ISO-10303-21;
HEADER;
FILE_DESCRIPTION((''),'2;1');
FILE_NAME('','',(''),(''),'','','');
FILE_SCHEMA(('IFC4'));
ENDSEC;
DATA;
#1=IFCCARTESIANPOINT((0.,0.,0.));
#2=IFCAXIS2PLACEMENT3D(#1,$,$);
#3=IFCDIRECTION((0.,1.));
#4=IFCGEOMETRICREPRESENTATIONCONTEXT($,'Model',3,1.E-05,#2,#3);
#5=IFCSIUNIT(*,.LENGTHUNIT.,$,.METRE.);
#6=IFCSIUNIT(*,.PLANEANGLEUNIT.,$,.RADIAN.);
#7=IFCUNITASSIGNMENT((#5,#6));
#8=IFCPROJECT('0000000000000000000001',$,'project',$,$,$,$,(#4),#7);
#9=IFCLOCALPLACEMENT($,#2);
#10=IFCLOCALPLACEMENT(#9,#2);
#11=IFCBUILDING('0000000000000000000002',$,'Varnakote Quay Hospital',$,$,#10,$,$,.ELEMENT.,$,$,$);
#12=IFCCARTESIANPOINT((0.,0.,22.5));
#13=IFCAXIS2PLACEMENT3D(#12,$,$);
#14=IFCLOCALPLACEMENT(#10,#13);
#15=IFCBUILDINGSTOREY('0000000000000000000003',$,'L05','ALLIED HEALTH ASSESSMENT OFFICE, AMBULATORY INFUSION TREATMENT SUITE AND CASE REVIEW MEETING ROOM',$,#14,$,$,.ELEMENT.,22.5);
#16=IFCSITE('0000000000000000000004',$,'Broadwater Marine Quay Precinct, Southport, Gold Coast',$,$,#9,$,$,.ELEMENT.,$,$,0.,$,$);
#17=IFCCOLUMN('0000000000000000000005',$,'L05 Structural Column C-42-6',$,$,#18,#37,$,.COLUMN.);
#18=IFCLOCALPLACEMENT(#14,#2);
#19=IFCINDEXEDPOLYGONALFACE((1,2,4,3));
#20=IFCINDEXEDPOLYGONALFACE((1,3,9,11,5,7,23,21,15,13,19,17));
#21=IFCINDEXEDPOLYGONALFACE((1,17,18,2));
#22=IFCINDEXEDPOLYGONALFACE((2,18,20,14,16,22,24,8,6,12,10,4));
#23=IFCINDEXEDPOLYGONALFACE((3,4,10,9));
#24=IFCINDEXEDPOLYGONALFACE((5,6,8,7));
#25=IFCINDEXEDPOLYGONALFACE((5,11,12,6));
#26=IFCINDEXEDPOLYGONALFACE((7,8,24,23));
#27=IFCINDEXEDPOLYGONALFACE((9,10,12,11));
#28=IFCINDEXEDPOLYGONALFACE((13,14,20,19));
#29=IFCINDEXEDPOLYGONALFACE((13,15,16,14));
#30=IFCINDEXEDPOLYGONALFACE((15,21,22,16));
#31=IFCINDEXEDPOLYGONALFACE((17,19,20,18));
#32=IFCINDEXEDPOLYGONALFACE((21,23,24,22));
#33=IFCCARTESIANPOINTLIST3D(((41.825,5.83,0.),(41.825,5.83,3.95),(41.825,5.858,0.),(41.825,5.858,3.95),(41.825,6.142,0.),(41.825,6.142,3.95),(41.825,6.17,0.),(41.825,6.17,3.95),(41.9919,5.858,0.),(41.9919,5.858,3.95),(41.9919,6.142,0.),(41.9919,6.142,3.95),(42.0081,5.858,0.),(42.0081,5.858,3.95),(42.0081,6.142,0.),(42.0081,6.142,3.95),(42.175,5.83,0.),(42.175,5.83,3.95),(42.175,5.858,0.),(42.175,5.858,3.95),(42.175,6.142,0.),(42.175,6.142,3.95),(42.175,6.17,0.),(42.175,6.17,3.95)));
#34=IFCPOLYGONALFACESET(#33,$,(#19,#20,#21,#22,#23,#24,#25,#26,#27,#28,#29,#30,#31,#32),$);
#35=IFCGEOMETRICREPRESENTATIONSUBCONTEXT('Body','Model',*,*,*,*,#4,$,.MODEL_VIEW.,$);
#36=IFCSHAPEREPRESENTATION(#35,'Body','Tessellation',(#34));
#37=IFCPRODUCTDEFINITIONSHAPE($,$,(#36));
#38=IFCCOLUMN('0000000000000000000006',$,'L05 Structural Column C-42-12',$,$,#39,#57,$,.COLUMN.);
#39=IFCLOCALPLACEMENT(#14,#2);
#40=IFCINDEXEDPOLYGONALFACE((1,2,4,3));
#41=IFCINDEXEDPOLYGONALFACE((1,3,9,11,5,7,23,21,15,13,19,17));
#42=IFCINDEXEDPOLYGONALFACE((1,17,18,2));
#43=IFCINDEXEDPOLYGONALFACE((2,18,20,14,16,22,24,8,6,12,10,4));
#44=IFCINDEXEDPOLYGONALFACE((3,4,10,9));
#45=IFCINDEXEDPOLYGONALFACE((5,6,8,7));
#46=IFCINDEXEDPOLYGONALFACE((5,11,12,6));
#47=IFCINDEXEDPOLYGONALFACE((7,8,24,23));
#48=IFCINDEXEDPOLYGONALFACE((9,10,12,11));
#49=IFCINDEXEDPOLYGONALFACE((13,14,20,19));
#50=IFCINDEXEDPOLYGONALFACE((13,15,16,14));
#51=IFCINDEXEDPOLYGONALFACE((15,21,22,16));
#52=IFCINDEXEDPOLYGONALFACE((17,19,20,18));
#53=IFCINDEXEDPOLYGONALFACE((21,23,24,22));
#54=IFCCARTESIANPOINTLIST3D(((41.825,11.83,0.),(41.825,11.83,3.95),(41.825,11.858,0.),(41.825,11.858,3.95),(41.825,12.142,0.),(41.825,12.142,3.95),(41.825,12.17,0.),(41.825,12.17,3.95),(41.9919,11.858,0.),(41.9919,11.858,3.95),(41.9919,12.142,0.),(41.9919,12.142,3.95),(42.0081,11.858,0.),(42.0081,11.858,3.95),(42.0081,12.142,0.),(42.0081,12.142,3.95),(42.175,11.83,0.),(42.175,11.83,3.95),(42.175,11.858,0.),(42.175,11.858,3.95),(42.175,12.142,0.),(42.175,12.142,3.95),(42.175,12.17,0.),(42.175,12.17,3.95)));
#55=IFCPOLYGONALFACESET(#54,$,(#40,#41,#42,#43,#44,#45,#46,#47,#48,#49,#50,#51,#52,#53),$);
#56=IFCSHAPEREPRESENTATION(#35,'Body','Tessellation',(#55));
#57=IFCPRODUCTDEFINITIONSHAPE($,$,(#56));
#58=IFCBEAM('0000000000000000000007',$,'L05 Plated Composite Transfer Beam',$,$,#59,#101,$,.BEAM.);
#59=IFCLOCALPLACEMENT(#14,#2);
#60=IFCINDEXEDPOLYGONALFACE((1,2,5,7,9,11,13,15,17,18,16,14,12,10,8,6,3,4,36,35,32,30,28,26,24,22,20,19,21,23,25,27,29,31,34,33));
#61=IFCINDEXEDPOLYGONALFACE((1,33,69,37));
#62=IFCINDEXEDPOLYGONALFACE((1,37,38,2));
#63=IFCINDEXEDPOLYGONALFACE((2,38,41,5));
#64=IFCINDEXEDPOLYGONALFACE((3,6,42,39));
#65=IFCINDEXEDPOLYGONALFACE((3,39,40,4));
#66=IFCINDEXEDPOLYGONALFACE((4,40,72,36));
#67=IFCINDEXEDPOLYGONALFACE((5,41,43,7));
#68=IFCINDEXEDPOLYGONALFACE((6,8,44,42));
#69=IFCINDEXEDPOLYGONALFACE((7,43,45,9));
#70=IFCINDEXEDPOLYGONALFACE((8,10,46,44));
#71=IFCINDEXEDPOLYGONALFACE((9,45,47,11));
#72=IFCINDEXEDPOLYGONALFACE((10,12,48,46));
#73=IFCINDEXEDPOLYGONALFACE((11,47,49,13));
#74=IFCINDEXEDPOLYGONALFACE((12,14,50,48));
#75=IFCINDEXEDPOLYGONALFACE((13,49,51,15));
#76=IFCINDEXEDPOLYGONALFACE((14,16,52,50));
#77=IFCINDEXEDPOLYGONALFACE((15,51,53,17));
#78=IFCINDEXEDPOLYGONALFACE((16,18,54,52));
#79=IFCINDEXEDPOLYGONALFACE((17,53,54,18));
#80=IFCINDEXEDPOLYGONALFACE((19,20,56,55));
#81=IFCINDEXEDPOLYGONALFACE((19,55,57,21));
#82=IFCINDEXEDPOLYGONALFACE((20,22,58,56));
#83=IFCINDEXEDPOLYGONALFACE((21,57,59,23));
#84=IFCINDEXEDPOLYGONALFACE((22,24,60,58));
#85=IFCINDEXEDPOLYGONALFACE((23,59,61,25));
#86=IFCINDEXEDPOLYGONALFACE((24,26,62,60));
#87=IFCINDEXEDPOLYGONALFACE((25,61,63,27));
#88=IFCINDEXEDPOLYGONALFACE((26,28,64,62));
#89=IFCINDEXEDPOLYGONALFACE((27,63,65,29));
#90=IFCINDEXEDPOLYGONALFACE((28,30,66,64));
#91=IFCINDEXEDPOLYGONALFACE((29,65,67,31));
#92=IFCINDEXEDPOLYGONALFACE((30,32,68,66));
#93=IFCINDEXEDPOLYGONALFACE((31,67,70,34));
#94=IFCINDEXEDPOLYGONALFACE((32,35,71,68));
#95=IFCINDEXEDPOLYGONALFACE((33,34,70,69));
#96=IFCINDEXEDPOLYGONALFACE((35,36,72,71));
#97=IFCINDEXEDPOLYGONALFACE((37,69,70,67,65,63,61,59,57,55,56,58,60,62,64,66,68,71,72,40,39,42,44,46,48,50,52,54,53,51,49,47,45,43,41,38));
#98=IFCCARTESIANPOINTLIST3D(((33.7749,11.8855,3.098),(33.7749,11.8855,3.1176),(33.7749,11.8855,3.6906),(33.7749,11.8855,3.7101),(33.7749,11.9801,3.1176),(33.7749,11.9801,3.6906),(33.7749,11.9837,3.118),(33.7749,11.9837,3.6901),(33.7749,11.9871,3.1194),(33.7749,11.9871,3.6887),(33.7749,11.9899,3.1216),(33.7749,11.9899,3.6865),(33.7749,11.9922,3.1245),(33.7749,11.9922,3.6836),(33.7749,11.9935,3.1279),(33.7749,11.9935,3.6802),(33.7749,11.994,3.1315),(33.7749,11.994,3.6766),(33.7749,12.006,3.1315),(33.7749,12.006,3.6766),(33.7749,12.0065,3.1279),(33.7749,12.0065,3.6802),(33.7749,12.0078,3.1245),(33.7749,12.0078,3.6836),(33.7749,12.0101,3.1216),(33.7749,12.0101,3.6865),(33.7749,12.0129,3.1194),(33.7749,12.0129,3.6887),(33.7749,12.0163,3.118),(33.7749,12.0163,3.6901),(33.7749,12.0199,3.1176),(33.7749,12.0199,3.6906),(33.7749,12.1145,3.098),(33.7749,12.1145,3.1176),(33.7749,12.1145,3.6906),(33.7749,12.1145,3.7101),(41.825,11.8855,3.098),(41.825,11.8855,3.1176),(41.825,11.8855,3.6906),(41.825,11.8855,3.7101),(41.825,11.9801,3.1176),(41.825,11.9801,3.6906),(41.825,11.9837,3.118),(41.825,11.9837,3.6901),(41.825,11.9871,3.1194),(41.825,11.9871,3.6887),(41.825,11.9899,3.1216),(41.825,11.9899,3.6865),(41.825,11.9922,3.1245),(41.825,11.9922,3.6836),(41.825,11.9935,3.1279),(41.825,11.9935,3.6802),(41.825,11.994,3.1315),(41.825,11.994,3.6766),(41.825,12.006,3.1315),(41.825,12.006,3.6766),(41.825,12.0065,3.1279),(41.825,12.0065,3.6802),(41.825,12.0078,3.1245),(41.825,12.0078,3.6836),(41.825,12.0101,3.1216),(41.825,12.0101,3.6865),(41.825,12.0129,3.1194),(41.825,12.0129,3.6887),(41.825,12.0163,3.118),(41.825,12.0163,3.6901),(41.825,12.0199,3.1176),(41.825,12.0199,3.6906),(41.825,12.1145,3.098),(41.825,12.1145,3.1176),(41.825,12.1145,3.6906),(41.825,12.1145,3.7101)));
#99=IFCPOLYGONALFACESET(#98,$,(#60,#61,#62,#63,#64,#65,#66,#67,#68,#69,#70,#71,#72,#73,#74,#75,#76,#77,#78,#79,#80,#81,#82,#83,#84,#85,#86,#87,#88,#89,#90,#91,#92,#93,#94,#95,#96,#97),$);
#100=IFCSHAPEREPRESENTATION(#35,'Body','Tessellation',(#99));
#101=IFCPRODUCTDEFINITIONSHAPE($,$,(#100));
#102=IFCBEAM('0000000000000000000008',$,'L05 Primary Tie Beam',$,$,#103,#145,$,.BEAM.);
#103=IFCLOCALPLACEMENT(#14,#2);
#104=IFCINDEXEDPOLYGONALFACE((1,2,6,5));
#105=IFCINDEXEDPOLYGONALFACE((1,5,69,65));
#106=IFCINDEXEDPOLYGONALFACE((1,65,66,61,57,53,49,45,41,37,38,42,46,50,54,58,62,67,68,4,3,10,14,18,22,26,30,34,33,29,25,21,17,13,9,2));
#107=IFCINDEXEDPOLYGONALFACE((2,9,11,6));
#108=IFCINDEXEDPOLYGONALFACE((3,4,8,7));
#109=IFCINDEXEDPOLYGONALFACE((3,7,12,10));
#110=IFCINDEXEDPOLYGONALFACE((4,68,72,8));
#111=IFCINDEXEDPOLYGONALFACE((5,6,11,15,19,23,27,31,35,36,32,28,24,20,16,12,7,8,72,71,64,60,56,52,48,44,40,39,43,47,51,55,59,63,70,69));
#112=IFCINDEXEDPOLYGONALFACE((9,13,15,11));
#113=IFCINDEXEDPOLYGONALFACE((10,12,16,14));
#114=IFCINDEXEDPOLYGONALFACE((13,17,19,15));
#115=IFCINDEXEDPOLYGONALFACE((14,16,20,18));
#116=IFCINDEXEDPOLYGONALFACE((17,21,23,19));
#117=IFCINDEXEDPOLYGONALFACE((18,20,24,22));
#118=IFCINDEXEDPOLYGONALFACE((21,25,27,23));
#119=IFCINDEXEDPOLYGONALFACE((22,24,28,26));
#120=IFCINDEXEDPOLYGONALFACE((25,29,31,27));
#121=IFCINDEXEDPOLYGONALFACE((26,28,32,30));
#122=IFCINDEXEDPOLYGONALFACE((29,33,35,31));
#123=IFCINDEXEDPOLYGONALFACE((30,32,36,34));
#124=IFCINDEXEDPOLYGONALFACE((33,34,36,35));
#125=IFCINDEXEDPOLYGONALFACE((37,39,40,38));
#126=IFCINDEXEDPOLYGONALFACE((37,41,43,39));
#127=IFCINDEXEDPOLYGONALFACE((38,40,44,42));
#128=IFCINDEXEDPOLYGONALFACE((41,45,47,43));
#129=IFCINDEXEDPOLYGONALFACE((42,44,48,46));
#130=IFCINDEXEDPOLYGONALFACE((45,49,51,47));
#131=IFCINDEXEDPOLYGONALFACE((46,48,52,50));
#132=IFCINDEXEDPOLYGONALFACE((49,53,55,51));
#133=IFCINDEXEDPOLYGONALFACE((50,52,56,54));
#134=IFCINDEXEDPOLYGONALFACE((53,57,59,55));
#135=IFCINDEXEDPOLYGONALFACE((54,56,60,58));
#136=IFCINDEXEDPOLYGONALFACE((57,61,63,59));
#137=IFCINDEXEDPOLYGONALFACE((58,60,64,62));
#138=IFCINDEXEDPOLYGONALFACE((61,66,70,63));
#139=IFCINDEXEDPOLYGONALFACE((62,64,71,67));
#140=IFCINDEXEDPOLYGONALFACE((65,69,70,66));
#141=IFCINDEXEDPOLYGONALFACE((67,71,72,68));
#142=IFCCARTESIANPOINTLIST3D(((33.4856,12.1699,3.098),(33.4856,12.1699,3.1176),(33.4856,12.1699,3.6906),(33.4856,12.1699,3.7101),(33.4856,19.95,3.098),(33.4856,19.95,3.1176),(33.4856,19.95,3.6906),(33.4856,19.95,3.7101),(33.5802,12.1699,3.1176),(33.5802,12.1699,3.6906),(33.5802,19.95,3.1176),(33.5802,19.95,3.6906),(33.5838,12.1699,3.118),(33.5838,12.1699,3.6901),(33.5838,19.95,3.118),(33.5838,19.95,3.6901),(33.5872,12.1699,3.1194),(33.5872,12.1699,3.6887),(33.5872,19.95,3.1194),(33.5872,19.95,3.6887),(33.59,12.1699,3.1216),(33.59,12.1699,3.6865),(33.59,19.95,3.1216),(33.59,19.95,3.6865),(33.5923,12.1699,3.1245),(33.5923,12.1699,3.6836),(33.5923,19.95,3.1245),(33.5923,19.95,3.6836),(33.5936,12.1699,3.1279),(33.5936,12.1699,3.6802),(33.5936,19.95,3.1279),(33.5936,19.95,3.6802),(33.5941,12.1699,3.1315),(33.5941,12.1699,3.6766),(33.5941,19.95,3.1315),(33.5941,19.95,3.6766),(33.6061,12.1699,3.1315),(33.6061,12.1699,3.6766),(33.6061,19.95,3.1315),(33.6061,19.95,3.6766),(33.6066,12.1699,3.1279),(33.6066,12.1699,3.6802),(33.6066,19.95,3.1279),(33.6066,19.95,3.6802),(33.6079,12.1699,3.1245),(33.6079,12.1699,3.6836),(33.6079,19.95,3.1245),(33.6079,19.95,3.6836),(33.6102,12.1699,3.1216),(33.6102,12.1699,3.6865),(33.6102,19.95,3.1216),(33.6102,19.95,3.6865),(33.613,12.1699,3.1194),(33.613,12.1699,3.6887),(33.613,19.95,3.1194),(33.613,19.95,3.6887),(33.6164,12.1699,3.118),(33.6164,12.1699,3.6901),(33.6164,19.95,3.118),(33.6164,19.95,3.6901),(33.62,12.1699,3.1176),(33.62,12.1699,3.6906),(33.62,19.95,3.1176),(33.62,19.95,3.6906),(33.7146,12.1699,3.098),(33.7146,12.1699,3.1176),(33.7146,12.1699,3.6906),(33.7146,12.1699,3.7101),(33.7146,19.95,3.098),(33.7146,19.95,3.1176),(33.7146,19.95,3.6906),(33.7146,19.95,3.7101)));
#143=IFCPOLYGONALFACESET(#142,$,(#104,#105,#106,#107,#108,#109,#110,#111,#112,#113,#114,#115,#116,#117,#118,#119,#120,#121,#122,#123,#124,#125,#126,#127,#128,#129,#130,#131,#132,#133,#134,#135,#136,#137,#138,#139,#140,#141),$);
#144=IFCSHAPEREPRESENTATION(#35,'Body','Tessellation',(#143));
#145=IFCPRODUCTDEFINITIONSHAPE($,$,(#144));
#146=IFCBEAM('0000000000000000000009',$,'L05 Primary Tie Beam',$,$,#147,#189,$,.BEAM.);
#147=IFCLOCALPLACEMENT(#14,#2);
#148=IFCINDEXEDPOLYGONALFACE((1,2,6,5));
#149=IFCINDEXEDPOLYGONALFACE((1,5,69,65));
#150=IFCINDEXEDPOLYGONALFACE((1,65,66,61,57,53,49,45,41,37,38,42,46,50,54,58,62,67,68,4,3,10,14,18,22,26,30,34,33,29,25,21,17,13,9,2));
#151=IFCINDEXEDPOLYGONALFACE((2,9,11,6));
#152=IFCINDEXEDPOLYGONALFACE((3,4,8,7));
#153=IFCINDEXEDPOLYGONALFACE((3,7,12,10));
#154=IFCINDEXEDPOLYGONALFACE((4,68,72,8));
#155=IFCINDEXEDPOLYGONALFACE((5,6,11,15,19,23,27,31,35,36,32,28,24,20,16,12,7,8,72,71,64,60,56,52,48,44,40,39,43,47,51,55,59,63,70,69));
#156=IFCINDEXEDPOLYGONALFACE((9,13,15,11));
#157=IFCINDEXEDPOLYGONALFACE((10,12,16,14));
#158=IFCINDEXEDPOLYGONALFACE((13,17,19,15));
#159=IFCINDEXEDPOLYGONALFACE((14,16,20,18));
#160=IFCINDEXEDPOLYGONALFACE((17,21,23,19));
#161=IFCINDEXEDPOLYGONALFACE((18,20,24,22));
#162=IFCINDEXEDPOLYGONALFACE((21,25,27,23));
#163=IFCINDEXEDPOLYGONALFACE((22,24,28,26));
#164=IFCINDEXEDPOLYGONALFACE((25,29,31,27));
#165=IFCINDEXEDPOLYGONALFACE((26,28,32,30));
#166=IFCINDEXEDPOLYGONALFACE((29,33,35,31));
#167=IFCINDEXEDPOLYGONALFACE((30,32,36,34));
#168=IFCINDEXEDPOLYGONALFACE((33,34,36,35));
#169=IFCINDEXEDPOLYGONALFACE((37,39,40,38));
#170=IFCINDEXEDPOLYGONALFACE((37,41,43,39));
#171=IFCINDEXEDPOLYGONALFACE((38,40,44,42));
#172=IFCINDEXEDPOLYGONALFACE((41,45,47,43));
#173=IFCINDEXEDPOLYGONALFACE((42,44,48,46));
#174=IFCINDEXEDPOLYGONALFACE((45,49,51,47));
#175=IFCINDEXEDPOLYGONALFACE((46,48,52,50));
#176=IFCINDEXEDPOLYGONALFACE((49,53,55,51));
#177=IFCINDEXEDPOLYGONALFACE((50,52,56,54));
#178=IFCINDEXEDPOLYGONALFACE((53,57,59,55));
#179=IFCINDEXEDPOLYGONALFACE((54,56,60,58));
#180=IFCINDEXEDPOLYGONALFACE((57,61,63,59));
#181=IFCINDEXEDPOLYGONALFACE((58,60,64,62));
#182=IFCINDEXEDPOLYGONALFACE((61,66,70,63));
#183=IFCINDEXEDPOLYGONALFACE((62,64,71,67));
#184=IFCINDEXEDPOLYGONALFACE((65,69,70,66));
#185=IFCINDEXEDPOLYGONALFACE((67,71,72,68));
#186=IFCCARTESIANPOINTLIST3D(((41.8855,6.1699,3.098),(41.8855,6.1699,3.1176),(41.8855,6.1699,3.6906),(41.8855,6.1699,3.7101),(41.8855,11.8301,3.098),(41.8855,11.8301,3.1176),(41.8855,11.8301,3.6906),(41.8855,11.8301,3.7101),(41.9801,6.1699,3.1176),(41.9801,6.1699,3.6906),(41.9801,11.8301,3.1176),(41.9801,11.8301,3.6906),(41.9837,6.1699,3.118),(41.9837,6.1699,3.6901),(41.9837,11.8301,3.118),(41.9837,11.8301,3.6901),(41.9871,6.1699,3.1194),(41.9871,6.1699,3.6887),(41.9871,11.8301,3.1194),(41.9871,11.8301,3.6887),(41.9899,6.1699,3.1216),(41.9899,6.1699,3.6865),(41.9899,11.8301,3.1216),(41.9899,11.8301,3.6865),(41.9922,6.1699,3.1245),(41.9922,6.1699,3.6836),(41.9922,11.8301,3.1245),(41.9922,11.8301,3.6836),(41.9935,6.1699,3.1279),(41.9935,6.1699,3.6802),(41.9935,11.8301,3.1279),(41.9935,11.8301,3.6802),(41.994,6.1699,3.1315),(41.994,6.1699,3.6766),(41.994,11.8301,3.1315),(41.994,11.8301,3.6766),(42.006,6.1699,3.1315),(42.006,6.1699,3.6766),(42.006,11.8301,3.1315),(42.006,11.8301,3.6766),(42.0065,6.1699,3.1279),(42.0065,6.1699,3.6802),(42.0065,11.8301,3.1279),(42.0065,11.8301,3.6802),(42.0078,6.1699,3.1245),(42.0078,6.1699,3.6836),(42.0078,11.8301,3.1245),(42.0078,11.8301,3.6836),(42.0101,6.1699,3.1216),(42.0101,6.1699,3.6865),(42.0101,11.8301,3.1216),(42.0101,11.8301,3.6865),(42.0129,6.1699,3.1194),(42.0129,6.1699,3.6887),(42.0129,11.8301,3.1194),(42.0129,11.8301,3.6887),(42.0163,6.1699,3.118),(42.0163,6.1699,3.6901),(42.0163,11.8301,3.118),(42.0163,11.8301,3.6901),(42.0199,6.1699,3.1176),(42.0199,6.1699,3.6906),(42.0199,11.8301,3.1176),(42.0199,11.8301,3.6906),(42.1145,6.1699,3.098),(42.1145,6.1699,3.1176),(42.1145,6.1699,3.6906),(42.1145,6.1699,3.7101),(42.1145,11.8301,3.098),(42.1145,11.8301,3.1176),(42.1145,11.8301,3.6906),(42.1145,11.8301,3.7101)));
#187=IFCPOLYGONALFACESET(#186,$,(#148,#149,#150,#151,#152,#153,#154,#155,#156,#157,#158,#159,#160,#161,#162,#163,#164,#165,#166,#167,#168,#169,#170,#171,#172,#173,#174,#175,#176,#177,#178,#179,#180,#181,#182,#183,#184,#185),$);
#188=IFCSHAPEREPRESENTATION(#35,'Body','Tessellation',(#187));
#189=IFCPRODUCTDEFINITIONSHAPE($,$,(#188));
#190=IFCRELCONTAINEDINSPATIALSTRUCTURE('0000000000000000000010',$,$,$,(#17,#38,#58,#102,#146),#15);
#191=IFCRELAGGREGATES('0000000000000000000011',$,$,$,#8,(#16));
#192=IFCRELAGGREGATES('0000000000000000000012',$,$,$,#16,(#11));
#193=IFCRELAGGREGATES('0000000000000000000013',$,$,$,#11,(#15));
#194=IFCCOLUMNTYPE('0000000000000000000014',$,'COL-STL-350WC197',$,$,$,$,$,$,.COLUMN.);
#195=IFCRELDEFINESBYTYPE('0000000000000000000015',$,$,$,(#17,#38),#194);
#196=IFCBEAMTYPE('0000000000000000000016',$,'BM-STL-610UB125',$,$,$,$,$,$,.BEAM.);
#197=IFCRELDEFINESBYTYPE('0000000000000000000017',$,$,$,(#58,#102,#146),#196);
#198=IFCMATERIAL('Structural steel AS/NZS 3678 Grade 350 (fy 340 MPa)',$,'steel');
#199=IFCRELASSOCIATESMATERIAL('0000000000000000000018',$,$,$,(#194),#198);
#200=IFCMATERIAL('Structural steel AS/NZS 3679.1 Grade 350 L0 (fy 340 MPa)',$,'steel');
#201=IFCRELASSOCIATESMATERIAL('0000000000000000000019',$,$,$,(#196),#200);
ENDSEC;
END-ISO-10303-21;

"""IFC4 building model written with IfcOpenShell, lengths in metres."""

from ifc_helpers import new_model, si_unit, direction, frame, origin, origin_2d, place, context, subcontext, project, spatial, i_section, extrude, material, material_profile, profile_set, type_object, element, save


model = new_model("IFC4")

# Units and contexts
model_context = context("Model", 3, precision=1e-05, world=origin(), true_north=direction((0.0, 1.0)))
body_context = subcontext(model_context, "Body", "Model", "MODEL_VIEW")
ifc_project = project(units=[si_unit("LENGTHUNIT", "METRE"), si_unit("PLANEANGLEUNIT", "RADIAN")], contexts=[model_context])

# Site, building, storey
site_placement = place(None, origin())
site = spatial("IfcSite", under=ifc_project, at=site_placement, Name="Broadwater Marine Quay Precinct, Southport, Gold Coast", CompositionType="ELEMENT", RefElevation=0.0)
building_placement = place(site_placement, origin())
building = spatial("IfcBuilding", under=site, at=building_placement, Name="Varnakote Quay Hospital", CompositionType="ELEMENT")
storey_placement = place(building_placement, frame((0.0, 0.0, 22.5)))
storey = spatial("IfcBuildingStorey", under=building, at=storey_placement, Name="L05", Description="ALLIED HEALTH ASSESSMENT OFFICE, AMBULATORY INFUSION TREATMENT SUITE AND CASE REVIEW MEETING ROOM", CompositionType="ELEMENT", Elevation=22.5)

# Columns
ifc_material_1 = material(Name="Structural steel AS/NZS 3678 Grade 350 (fy 340 MPa)", Category="steel")
ifc_material_profile_1 = material_profile(ifc_material_1, i_section(OverallWidth=0.3501, OverallDepth=0.3401, WebThickness=0.0161, FlangeThickness=0.0281, at=origin_2d()), Name="350WC197")
ifc_profile_set_1 = profile_set([ifc_material_profile_1], Name="Structural steel AS/NZS 3678 Grade 350 (fy 340 MPa)")
column_type = type_object("IfcColumnType", Name="COL-STL-350WC197", PredefinedType="COLUMN", material=ifc_profile_set_1)
for number, where, z_axis, x_axis, name in (
    (1, (42.0, 6.0, 0.0), (0.0, 0.0, 1.0), (1.0, 0.0, 0.0), "L05 Structural Column C-42-6"),
    (2, (42.0, 12.0, 0.0), (0.0, 0.0, 1.0), (1.0, 0.0, 0.0), "L05 Structural Column C-42-12"),
):
    element("IfcColumn", number, at=place(storey_placement, frame(where, z_axis=z_axis, x_axis=x_axis)), inside=storey, type_object=column_type, Name=name, PredefinedType="COLUMN", context=body_context, shape_type="SweptSolid", body=[
        extrude(i_section(OverallWidth=0.3501, OverallDepth=0.3401, WebThickness=0.0161, FlangeThickness=0.0281, at=origin_2d()), origin(), (0.0, 0.0, 1.0), 3.95),
    ])

# Beams
ifc_material_2 = material(Name="Structural steel AS/NZS 3679.1 Grade 350 L0 (fy 340 MPa)", Category="steel")
ifc_material_profile_2 = material_profile(ifc_material_2, i_section(OverallWidth=0.229, OverallDepth=0.6121, WebThickness=0.012, FlangeThickness=0.0195, FilletRadius=0.0139, at=origin_2d()), Name="610UB125")
ifc_profile_set_2 = profile_set([ifc_material_profile_2], Name="Structural steel AS/NZS 3679.1 Grade 350 L0 (fy 340 MPa)")
beam_type_1 = type_object("IfcBeamType", Name="BM-STL-610UB125", PredefinedType="BEAM", material=ifc_profile_set_2)
beam_1_placement = place(storey_placement, frame((33.7749, 12.0, 3.4041), z_axis=(1.0, 0.0, 0.0), x_axis=(0.0, 1.0, 0.0)))
element("IfcBeam", 3, at=beam_1_placement, inside=storey, type_object=beam_type_1, Name="L05 Plated Composite Transfer Beam", PredefinedType="BEAM", context=body_context, shape_type="SweptSolid", body=[
    extrude(i_section(OverallWidth=0.229, OverallDepth=0.6121, WebThickness=0.012, FlangeThickness=0.0195, FilletRadius=0.0139, at=origin_2d()), origin(), (0.0, 0.0, 1.0), 8.05),
])
beam_2_placement = place(storey_placement, frame((33.6001, 12.1699, 3.4041), z_axis=(0.0, 1.0, 0.0), x_axis=(-1.0, 0.0, 0.0)))
element("IfcBeam", 4, at=beam_2_placement, inside=storey, type_object=beam_type_1, Name="L05 Primary Tie Beam", PredefinedType="BEAM", context=body_context, shape_type="SweptSolid", body=[
    extrude(i_section(OverallWidth=0.229, OverallDepth=0.6121, WebThickness=0.012, FlangeThickness=0.0195, FilletRadius=0.0139, at=origin_2d()), origin(), (0.0, 0.0, 1.0), 7.78),
])
beam_3_placement = place(storey_placement, frame((42.0, 6.1699, 3.4041), z_axis=(0.0, 1.0, 0.0), x_axis=(-1.0, 0.0, 0.0)))
element("IfcBeam", 5, at=beam_3_placement, inside=storey, type_object=beam_type_1, Name="L05 Primary Tie Beam", PredefinedType="BEAM", context=body_context, shape_type="SweptSolid", body=[
    extrude(i_section(OverallWidth=0.229, OverallDepth=0.6121, WebThickness=0.012, FlangeThickness=0.0195, FilletRadius=0.0139, at=origin_2d()), origin(), (0.0, 0.0, 1.0), 5.6602),
])

save(model, "model.ifc")
